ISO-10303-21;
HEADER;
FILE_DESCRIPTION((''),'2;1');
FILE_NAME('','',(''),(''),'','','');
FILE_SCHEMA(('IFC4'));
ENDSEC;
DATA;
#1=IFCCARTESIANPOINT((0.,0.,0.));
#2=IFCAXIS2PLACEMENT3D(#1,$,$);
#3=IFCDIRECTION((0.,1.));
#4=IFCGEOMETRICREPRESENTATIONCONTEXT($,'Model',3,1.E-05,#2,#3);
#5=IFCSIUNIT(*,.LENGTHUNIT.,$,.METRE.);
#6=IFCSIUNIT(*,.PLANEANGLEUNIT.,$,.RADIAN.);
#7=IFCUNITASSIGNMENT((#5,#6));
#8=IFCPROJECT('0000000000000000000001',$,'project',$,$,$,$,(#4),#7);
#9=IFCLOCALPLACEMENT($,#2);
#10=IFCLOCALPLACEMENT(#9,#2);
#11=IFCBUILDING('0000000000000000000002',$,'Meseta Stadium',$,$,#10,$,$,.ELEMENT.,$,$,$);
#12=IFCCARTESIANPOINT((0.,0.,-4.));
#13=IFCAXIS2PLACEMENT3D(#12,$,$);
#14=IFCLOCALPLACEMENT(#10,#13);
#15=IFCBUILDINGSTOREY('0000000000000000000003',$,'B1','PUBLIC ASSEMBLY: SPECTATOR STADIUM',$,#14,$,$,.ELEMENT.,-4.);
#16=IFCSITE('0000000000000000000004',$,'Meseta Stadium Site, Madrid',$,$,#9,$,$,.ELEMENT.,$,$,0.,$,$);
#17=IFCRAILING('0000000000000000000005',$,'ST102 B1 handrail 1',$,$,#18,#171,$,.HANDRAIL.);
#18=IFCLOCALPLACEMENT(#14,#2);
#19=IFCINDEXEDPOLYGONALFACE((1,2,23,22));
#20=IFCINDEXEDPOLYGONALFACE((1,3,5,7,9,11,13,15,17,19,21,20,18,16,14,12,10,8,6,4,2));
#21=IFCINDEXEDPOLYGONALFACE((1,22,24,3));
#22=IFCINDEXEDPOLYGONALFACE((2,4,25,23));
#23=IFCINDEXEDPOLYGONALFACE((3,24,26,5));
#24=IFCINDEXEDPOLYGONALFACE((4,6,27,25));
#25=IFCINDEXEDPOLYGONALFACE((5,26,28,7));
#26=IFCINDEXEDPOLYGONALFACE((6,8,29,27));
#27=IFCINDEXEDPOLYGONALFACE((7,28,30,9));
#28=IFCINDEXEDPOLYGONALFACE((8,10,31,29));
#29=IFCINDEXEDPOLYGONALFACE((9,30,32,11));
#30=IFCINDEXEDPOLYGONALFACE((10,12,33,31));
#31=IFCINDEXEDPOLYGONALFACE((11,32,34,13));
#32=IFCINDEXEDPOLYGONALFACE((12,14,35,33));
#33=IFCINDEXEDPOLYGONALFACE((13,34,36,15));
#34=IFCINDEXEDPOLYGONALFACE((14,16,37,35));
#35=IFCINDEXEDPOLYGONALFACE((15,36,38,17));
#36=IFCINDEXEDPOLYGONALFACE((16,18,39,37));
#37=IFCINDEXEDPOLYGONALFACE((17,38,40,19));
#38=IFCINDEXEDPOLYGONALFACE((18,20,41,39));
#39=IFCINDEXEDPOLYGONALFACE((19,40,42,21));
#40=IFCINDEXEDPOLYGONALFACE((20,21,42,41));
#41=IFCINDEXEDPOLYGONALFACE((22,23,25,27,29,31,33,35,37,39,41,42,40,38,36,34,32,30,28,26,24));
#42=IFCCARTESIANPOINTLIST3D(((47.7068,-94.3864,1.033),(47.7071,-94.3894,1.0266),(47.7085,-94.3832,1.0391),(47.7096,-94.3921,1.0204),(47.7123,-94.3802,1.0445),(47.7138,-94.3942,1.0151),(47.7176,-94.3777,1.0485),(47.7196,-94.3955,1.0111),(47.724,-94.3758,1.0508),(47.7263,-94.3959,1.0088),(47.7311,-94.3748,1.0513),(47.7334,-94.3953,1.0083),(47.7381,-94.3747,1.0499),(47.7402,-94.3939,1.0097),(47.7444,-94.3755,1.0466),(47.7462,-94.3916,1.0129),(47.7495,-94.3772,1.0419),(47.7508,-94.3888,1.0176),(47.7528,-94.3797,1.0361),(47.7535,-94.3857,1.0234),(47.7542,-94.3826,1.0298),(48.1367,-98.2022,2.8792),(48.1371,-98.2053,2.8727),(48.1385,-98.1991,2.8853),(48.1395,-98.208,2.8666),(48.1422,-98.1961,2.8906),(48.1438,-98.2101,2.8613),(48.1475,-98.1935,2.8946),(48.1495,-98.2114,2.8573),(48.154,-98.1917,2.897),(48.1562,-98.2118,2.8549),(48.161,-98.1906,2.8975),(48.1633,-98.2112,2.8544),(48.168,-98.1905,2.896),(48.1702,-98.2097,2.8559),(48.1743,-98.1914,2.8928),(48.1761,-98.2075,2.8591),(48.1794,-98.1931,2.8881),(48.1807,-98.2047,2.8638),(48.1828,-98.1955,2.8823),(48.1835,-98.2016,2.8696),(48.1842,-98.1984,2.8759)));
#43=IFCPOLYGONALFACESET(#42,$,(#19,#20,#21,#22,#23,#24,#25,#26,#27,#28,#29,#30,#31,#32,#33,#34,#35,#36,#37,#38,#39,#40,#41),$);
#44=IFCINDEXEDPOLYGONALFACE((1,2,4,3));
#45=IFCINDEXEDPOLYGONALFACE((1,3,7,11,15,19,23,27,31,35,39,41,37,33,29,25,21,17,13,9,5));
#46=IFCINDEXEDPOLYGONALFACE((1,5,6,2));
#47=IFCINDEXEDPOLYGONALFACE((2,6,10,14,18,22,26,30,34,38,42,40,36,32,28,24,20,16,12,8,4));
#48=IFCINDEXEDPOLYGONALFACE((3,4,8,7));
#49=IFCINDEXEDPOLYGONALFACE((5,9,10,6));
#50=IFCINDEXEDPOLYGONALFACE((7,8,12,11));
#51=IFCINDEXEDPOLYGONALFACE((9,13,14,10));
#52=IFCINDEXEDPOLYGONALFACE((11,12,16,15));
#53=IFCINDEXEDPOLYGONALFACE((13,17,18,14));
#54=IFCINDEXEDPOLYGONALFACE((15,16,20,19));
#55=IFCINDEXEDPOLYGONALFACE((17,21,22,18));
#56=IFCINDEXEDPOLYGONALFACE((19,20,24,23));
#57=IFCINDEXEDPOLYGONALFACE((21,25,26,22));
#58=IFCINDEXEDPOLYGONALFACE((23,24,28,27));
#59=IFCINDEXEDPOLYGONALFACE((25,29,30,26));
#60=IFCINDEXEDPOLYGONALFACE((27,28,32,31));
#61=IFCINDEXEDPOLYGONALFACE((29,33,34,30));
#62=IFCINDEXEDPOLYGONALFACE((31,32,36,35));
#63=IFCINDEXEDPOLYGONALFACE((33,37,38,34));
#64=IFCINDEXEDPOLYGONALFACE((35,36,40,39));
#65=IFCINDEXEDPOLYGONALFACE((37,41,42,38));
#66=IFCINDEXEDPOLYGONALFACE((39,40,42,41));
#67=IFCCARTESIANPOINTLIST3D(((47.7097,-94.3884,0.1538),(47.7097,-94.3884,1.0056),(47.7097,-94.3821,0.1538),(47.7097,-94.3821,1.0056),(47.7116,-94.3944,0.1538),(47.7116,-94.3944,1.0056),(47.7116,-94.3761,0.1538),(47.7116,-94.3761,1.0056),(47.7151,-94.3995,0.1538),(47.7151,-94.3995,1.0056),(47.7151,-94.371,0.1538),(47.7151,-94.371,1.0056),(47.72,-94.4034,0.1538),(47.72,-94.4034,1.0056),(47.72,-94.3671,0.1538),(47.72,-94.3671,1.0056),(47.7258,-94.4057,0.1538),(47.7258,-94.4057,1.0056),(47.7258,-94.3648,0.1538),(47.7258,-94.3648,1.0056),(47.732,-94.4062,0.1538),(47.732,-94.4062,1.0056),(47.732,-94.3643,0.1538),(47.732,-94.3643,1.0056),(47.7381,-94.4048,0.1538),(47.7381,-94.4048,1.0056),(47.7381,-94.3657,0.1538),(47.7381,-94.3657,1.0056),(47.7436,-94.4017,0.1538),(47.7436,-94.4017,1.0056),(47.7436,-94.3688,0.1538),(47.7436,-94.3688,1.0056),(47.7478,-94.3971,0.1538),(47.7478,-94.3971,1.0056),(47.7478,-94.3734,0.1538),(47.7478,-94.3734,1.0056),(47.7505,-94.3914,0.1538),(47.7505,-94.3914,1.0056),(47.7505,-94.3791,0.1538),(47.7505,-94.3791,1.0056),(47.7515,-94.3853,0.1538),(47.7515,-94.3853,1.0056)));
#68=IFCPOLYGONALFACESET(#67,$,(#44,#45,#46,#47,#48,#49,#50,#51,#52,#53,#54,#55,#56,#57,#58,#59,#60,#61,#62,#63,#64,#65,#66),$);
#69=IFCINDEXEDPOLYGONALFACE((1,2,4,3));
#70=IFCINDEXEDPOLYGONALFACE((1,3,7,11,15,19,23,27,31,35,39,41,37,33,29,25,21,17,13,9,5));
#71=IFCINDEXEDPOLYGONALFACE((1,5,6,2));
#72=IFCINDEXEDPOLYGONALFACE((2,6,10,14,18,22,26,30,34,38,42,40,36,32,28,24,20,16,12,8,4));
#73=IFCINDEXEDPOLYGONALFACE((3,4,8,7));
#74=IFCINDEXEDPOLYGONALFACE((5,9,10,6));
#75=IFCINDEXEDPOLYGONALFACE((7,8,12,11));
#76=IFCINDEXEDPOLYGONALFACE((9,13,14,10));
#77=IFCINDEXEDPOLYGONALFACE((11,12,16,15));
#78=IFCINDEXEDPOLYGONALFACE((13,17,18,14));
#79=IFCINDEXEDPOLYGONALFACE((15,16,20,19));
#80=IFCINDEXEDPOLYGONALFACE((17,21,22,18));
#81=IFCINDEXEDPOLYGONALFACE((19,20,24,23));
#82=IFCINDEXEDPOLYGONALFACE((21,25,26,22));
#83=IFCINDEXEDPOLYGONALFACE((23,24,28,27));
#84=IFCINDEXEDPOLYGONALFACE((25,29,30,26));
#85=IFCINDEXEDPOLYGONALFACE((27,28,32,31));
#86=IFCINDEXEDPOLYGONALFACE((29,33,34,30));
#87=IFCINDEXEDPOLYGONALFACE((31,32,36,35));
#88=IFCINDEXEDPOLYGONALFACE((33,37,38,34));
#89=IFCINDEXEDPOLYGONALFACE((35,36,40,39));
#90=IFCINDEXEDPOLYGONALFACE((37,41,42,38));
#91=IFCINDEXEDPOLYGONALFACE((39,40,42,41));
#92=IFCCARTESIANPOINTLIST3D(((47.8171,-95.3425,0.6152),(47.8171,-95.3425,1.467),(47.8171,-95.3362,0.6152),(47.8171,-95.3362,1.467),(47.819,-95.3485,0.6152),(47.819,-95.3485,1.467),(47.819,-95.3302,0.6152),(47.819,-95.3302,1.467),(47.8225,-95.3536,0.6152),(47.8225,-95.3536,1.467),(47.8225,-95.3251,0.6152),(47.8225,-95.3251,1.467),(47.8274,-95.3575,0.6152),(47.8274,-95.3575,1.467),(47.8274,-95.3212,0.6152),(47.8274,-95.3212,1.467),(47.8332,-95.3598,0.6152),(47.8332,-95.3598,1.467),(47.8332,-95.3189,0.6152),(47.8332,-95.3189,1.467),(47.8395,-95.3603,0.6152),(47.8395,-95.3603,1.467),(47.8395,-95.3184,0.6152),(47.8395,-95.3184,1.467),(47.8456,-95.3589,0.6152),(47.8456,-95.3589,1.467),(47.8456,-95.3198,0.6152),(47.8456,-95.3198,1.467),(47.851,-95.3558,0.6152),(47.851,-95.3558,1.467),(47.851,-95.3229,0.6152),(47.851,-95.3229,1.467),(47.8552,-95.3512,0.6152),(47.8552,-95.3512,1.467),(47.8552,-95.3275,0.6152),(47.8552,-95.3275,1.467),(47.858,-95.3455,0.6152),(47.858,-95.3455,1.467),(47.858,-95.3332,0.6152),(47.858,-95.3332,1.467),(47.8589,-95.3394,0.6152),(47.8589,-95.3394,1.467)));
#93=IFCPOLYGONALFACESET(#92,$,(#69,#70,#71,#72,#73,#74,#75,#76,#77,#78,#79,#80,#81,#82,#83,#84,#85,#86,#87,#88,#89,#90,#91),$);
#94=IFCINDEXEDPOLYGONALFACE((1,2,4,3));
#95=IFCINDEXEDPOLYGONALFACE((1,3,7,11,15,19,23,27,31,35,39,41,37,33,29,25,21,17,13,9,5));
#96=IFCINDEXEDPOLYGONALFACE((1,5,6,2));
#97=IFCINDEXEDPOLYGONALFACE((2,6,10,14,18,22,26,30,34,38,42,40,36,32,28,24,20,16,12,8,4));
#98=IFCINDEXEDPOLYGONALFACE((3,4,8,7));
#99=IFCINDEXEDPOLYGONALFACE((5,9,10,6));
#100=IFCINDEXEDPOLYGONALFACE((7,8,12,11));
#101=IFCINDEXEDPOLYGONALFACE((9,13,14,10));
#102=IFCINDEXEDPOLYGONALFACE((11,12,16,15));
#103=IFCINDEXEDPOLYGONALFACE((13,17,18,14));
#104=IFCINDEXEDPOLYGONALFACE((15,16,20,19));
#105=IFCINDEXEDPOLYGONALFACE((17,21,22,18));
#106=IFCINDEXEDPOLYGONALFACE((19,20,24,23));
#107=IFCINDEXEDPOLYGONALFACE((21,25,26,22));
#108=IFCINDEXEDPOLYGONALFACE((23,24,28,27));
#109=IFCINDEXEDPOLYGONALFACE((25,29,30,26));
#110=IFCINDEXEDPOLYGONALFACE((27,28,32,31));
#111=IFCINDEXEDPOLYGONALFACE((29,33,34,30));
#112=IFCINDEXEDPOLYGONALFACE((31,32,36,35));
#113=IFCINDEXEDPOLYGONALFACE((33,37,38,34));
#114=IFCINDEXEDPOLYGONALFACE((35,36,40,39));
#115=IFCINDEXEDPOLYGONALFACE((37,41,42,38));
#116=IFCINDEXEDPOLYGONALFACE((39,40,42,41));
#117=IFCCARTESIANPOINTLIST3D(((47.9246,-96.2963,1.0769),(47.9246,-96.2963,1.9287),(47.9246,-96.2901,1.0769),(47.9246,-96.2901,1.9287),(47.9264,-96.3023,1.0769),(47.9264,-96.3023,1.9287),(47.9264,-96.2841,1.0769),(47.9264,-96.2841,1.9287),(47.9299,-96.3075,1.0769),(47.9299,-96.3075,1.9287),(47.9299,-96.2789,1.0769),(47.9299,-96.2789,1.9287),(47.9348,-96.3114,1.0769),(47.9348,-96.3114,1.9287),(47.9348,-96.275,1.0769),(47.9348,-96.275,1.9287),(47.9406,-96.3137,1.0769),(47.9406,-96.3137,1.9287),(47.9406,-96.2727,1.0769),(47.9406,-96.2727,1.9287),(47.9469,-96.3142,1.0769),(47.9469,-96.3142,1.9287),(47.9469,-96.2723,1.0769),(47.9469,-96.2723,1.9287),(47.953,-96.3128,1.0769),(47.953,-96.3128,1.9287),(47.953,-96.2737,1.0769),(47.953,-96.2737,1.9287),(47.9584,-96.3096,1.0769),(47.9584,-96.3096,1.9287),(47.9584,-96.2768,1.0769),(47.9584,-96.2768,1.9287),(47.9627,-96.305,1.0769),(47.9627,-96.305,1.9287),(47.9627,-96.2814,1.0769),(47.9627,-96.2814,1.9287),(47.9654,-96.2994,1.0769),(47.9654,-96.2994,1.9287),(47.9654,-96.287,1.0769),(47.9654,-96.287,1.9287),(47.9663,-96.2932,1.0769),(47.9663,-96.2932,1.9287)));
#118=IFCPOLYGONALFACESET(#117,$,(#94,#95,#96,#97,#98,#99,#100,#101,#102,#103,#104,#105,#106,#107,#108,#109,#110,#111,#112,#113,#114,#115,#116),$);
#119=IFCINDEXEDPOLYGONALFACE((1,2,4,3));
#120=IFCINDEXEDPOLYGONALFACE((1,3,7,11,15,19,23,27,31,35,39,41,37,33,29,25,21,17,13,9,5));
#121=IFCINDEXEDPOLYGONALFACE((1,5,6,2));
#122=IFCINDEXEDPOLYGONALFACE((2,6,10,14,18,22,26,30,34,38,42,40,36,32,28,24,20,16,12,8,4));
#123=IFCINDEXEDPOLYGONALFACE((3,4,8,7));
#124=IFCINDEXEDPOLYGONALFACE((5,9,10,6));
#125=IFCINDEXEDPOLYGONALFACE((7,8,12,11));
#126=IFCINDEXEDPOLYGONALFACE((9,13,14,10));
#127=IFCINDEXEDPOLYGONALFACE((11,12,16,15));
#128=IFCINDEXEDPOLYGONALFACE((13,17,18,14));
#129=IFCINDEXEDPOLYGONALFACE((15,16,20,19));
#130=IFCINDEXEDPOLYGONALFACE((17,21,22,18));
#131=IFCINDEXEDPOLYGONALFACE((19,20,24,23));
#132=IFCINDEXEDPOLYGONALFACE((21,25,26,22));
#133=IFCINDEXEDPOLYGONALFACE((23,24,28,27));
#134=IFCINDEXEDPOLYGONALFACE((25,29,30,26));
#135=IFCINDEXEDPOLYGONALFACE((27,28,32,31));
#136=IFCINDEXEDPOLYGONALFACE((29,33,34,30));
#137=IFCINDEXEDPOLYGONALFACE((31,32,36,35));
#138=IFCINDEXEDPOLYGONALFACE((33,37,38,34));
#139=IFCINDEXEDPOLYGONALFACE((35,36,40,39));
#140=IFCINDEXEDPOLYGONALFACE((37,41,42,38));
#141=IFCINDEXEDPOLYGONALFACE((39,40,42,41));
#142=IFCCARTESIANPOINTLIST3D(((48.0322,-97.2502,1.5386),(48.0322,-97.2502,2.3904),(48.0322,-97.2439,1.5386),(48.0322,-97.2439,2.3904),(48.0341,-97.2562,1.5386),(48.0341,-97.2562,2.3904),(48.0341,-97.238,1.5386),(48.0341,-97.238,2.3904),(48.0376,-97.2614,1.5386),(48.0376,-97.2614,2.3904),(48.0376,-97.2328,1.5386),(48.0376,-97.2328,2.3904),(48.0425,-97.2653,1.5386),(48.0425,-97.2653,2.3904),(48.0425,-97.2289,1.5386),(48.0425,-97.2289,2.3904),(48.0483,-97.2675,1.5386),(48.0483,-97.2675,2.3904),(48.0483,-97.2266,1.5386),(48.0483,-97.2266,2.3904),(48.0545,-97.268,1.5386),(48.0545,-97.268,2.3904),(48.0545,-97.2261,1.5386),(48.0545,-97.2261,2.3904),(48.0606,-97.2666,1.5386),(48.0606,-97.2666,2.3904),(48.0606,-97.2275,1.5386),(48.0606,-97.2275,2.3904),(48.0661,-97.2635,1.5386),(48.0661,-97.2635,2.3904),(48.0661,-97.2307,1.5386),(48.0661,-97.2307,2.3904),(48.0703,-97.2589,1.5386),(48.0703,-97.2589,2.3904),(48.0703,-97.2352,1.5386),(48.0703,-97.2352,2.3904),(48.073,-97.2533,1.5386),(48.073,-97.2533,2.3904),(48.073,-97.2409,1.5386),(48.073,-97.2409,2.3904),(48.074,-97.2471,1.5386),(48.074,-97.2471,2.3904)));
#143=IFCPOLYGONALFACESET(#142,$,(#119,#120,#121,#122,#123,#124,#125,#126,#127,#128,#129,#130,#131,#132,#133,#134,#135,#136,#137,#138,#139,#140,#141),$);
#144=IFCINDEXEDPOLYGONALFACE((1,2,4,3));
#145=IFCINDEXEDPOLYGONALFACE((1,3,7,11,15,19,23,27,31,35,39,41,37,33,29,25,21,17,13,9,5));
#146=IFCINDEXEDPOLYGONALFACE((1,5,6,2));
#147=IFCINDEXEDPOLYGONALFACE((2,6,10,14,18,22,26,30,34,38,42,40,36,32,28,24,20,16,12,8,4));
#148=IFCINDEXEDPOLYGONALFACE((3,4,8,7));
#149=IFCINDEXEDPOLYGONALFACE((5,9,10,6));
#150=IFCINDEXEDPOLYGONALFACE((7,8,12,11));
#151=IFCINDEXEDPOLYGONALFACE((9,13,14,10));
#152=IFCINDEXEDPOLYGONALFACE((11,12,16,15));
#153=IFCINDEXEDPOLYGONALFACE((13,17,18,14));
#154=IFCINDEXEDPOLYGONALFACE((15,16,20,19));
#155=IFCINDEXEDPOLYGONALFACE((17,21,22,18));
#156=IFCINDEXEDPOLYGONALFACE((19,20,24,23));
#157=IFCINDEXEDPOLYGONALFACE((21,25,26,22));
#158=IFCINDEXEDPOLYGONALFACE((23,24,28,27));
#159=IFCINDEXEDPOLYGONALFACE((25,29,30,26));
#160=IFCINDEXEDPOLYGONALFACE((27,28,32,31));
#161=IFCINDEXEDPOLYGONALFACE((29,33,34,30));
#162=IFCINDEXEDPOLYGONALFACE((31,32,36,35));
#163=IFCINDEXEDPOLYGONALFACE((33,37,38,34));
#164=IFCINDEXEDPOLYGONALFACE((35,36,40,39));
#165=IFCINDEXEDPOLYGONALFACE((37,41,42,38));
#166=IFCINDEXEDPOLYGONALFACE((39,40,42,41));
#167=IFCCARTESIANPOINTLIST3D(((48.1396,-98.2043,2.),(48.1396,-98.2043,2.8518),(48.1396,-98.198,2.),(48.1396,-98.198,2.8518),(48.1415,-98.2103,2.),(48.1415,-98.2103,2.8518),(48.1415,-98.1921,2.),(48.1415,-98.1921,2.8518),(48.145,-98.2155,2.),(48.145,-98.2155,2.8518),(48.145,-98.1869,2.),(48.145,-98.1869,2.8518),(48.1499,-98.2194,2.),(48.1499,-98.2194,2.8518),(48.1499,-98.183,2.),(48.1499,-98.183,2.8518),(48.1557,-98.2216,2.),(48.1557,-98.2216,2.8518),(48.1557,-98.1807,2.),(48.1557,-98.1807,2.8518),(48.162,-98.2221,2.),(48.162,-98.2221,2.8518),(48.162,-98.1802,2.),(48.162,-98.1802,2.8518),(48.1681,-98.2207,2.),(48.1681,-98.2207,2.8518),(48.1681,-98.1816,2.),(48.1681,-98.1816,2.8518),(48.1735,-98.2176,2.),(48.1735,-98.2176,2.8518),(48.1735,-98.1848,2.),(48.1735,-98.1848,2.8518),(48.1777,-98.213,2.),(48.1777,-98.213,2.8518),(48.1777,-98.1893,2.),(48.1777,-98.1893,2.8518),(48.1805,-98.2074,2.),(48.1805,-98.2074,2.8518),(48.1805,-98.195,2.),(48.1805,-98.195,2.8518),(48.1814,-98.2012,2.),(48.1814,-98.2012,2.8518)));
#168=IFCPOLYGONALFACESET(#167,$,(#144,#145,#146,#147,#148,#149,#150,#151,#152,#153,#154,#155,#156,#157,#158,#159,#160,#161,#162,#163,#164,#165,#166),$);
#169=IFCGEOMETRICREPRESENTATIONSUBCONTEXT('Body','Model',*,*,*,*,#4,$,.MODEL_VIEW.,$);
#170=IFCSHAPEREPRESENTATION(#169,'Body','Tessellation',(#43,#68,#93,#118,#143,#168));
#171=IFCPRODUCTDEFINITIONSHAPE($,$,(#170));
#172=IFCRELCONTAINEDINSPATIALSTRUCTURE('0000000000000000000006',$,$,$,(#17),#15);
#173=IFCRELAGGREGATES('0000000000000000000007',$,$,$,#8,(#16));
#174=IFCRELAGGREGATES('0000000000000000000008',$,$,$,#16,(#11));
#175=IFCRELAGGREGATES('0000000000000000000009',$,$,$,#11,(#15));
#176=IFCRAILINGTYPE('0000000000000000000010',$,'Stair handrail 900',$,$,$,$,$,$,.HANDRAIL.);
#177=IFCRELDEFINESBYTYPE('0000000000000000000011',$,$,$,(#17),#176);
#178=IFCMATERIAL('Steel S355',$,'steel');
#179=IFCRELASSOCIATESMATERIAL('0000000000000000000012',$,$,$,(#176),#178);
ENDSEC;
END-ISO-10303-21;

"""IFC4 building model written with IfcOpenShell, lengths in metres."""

from ifc_helpers import new_model, si_unit, direction, frame, origin, origin_2d, place, context, subcontext, project, spatial, circle, extrude, material, type_object, element, save


model = new_model("IFC4")

# Units and contexts
model_context = context("Model", 3, precision=1e-05, world=origin(), true_north=direction((0.0, 1.0)))
body_context = subcontext(model_context, "Body", "Model", "MODEL_VIEW")
ifc_project = project(units=[si_unit("LENGTHUNIT", "METRE"), si_unit("PLANEANGLEUNIT", "RADIAN")], contexts=[model_context])

# Site, building, storey
site_placement = place(None, origin())
site = spatial("IfcSite", under=ifc_project, at=site_placement, Name="Meseta Stadium Site, Madrid", CompositionType="ELEMENT", RefElevation=0.0)
building_placement = place(site_placement, origin())
building = spatial("IfcBuilding", under=site, at=building_placement, Name="Meseta Stadium", CompositionType="ELEMENT")
storey_placement = place(building_placement, frame((0.0, 0.0, -4.0)))
storey = spatial("IfcBuildingStorey", under=building, at=storey_placement, Name="B1", Description="PUBLIC ASSEMBLY: SPECTATOR STADIUM", CompositionType="ELEMENT", Elevation=-4.0)

# Railing
ifc_material_1 = material(Name="Steel S355", Category="steel")
railing_type_1 = type_object("IfcRailingType", Name="Stair handrail 900", PredefinedType="HANDRAIL", material=ifc_material_1)
railing_1_placement = place(storey_placement, frame((47.7305, -94.3853, 0.1538)))
element("IfcRailing", 1, at=railing_1_placement, inside=storey, type_object=railing_type_1, Name="ST102 B1 handrail 1", PredefinedType="HANDRAIL", context=body_context, shape_type="SweptSolid", body=[
    extrude(circle(Radius=0.0239, at=origin_2d()), frame((0.0, 0.0, 0.876), z_axis=(0.100904, -0.895585, 0.433296), x_axis=(0.993713, 0.11196, 0.0)), (0.0, 0.0, 1.0), 4.2607),
    extrude(circle(Radius=0.021, at=origin_2d()), origin(), (0.0, 0.0, 1.0), 0.8518),
    extrude(circle(Radius=0.021, at=origin_2d()), frame((0.1074, -0.9541, 0.4614)), (0.0, 0.0, 1.0), 0.8518),
    extrude(circle(Radius=0.021, at=origin_2d()), frame((0.2148, -1.908, 0.9231)), (0.0, 0.0, 1.0), 0.8518),
    extrude(circle(Radius=0.021, at=origin_2d()), frame((0.3225, -2.8618, 1.3848)), (0.0, 0.0, 1.0), 0.8518),
    extrude(circle(Radius=0.021, at=origin_2d()), frame((0.4299, -3.8159, 1.8462)), (0.0, 0.0, 1.0), 0.8518),
])

save(model, "model.ifc")
